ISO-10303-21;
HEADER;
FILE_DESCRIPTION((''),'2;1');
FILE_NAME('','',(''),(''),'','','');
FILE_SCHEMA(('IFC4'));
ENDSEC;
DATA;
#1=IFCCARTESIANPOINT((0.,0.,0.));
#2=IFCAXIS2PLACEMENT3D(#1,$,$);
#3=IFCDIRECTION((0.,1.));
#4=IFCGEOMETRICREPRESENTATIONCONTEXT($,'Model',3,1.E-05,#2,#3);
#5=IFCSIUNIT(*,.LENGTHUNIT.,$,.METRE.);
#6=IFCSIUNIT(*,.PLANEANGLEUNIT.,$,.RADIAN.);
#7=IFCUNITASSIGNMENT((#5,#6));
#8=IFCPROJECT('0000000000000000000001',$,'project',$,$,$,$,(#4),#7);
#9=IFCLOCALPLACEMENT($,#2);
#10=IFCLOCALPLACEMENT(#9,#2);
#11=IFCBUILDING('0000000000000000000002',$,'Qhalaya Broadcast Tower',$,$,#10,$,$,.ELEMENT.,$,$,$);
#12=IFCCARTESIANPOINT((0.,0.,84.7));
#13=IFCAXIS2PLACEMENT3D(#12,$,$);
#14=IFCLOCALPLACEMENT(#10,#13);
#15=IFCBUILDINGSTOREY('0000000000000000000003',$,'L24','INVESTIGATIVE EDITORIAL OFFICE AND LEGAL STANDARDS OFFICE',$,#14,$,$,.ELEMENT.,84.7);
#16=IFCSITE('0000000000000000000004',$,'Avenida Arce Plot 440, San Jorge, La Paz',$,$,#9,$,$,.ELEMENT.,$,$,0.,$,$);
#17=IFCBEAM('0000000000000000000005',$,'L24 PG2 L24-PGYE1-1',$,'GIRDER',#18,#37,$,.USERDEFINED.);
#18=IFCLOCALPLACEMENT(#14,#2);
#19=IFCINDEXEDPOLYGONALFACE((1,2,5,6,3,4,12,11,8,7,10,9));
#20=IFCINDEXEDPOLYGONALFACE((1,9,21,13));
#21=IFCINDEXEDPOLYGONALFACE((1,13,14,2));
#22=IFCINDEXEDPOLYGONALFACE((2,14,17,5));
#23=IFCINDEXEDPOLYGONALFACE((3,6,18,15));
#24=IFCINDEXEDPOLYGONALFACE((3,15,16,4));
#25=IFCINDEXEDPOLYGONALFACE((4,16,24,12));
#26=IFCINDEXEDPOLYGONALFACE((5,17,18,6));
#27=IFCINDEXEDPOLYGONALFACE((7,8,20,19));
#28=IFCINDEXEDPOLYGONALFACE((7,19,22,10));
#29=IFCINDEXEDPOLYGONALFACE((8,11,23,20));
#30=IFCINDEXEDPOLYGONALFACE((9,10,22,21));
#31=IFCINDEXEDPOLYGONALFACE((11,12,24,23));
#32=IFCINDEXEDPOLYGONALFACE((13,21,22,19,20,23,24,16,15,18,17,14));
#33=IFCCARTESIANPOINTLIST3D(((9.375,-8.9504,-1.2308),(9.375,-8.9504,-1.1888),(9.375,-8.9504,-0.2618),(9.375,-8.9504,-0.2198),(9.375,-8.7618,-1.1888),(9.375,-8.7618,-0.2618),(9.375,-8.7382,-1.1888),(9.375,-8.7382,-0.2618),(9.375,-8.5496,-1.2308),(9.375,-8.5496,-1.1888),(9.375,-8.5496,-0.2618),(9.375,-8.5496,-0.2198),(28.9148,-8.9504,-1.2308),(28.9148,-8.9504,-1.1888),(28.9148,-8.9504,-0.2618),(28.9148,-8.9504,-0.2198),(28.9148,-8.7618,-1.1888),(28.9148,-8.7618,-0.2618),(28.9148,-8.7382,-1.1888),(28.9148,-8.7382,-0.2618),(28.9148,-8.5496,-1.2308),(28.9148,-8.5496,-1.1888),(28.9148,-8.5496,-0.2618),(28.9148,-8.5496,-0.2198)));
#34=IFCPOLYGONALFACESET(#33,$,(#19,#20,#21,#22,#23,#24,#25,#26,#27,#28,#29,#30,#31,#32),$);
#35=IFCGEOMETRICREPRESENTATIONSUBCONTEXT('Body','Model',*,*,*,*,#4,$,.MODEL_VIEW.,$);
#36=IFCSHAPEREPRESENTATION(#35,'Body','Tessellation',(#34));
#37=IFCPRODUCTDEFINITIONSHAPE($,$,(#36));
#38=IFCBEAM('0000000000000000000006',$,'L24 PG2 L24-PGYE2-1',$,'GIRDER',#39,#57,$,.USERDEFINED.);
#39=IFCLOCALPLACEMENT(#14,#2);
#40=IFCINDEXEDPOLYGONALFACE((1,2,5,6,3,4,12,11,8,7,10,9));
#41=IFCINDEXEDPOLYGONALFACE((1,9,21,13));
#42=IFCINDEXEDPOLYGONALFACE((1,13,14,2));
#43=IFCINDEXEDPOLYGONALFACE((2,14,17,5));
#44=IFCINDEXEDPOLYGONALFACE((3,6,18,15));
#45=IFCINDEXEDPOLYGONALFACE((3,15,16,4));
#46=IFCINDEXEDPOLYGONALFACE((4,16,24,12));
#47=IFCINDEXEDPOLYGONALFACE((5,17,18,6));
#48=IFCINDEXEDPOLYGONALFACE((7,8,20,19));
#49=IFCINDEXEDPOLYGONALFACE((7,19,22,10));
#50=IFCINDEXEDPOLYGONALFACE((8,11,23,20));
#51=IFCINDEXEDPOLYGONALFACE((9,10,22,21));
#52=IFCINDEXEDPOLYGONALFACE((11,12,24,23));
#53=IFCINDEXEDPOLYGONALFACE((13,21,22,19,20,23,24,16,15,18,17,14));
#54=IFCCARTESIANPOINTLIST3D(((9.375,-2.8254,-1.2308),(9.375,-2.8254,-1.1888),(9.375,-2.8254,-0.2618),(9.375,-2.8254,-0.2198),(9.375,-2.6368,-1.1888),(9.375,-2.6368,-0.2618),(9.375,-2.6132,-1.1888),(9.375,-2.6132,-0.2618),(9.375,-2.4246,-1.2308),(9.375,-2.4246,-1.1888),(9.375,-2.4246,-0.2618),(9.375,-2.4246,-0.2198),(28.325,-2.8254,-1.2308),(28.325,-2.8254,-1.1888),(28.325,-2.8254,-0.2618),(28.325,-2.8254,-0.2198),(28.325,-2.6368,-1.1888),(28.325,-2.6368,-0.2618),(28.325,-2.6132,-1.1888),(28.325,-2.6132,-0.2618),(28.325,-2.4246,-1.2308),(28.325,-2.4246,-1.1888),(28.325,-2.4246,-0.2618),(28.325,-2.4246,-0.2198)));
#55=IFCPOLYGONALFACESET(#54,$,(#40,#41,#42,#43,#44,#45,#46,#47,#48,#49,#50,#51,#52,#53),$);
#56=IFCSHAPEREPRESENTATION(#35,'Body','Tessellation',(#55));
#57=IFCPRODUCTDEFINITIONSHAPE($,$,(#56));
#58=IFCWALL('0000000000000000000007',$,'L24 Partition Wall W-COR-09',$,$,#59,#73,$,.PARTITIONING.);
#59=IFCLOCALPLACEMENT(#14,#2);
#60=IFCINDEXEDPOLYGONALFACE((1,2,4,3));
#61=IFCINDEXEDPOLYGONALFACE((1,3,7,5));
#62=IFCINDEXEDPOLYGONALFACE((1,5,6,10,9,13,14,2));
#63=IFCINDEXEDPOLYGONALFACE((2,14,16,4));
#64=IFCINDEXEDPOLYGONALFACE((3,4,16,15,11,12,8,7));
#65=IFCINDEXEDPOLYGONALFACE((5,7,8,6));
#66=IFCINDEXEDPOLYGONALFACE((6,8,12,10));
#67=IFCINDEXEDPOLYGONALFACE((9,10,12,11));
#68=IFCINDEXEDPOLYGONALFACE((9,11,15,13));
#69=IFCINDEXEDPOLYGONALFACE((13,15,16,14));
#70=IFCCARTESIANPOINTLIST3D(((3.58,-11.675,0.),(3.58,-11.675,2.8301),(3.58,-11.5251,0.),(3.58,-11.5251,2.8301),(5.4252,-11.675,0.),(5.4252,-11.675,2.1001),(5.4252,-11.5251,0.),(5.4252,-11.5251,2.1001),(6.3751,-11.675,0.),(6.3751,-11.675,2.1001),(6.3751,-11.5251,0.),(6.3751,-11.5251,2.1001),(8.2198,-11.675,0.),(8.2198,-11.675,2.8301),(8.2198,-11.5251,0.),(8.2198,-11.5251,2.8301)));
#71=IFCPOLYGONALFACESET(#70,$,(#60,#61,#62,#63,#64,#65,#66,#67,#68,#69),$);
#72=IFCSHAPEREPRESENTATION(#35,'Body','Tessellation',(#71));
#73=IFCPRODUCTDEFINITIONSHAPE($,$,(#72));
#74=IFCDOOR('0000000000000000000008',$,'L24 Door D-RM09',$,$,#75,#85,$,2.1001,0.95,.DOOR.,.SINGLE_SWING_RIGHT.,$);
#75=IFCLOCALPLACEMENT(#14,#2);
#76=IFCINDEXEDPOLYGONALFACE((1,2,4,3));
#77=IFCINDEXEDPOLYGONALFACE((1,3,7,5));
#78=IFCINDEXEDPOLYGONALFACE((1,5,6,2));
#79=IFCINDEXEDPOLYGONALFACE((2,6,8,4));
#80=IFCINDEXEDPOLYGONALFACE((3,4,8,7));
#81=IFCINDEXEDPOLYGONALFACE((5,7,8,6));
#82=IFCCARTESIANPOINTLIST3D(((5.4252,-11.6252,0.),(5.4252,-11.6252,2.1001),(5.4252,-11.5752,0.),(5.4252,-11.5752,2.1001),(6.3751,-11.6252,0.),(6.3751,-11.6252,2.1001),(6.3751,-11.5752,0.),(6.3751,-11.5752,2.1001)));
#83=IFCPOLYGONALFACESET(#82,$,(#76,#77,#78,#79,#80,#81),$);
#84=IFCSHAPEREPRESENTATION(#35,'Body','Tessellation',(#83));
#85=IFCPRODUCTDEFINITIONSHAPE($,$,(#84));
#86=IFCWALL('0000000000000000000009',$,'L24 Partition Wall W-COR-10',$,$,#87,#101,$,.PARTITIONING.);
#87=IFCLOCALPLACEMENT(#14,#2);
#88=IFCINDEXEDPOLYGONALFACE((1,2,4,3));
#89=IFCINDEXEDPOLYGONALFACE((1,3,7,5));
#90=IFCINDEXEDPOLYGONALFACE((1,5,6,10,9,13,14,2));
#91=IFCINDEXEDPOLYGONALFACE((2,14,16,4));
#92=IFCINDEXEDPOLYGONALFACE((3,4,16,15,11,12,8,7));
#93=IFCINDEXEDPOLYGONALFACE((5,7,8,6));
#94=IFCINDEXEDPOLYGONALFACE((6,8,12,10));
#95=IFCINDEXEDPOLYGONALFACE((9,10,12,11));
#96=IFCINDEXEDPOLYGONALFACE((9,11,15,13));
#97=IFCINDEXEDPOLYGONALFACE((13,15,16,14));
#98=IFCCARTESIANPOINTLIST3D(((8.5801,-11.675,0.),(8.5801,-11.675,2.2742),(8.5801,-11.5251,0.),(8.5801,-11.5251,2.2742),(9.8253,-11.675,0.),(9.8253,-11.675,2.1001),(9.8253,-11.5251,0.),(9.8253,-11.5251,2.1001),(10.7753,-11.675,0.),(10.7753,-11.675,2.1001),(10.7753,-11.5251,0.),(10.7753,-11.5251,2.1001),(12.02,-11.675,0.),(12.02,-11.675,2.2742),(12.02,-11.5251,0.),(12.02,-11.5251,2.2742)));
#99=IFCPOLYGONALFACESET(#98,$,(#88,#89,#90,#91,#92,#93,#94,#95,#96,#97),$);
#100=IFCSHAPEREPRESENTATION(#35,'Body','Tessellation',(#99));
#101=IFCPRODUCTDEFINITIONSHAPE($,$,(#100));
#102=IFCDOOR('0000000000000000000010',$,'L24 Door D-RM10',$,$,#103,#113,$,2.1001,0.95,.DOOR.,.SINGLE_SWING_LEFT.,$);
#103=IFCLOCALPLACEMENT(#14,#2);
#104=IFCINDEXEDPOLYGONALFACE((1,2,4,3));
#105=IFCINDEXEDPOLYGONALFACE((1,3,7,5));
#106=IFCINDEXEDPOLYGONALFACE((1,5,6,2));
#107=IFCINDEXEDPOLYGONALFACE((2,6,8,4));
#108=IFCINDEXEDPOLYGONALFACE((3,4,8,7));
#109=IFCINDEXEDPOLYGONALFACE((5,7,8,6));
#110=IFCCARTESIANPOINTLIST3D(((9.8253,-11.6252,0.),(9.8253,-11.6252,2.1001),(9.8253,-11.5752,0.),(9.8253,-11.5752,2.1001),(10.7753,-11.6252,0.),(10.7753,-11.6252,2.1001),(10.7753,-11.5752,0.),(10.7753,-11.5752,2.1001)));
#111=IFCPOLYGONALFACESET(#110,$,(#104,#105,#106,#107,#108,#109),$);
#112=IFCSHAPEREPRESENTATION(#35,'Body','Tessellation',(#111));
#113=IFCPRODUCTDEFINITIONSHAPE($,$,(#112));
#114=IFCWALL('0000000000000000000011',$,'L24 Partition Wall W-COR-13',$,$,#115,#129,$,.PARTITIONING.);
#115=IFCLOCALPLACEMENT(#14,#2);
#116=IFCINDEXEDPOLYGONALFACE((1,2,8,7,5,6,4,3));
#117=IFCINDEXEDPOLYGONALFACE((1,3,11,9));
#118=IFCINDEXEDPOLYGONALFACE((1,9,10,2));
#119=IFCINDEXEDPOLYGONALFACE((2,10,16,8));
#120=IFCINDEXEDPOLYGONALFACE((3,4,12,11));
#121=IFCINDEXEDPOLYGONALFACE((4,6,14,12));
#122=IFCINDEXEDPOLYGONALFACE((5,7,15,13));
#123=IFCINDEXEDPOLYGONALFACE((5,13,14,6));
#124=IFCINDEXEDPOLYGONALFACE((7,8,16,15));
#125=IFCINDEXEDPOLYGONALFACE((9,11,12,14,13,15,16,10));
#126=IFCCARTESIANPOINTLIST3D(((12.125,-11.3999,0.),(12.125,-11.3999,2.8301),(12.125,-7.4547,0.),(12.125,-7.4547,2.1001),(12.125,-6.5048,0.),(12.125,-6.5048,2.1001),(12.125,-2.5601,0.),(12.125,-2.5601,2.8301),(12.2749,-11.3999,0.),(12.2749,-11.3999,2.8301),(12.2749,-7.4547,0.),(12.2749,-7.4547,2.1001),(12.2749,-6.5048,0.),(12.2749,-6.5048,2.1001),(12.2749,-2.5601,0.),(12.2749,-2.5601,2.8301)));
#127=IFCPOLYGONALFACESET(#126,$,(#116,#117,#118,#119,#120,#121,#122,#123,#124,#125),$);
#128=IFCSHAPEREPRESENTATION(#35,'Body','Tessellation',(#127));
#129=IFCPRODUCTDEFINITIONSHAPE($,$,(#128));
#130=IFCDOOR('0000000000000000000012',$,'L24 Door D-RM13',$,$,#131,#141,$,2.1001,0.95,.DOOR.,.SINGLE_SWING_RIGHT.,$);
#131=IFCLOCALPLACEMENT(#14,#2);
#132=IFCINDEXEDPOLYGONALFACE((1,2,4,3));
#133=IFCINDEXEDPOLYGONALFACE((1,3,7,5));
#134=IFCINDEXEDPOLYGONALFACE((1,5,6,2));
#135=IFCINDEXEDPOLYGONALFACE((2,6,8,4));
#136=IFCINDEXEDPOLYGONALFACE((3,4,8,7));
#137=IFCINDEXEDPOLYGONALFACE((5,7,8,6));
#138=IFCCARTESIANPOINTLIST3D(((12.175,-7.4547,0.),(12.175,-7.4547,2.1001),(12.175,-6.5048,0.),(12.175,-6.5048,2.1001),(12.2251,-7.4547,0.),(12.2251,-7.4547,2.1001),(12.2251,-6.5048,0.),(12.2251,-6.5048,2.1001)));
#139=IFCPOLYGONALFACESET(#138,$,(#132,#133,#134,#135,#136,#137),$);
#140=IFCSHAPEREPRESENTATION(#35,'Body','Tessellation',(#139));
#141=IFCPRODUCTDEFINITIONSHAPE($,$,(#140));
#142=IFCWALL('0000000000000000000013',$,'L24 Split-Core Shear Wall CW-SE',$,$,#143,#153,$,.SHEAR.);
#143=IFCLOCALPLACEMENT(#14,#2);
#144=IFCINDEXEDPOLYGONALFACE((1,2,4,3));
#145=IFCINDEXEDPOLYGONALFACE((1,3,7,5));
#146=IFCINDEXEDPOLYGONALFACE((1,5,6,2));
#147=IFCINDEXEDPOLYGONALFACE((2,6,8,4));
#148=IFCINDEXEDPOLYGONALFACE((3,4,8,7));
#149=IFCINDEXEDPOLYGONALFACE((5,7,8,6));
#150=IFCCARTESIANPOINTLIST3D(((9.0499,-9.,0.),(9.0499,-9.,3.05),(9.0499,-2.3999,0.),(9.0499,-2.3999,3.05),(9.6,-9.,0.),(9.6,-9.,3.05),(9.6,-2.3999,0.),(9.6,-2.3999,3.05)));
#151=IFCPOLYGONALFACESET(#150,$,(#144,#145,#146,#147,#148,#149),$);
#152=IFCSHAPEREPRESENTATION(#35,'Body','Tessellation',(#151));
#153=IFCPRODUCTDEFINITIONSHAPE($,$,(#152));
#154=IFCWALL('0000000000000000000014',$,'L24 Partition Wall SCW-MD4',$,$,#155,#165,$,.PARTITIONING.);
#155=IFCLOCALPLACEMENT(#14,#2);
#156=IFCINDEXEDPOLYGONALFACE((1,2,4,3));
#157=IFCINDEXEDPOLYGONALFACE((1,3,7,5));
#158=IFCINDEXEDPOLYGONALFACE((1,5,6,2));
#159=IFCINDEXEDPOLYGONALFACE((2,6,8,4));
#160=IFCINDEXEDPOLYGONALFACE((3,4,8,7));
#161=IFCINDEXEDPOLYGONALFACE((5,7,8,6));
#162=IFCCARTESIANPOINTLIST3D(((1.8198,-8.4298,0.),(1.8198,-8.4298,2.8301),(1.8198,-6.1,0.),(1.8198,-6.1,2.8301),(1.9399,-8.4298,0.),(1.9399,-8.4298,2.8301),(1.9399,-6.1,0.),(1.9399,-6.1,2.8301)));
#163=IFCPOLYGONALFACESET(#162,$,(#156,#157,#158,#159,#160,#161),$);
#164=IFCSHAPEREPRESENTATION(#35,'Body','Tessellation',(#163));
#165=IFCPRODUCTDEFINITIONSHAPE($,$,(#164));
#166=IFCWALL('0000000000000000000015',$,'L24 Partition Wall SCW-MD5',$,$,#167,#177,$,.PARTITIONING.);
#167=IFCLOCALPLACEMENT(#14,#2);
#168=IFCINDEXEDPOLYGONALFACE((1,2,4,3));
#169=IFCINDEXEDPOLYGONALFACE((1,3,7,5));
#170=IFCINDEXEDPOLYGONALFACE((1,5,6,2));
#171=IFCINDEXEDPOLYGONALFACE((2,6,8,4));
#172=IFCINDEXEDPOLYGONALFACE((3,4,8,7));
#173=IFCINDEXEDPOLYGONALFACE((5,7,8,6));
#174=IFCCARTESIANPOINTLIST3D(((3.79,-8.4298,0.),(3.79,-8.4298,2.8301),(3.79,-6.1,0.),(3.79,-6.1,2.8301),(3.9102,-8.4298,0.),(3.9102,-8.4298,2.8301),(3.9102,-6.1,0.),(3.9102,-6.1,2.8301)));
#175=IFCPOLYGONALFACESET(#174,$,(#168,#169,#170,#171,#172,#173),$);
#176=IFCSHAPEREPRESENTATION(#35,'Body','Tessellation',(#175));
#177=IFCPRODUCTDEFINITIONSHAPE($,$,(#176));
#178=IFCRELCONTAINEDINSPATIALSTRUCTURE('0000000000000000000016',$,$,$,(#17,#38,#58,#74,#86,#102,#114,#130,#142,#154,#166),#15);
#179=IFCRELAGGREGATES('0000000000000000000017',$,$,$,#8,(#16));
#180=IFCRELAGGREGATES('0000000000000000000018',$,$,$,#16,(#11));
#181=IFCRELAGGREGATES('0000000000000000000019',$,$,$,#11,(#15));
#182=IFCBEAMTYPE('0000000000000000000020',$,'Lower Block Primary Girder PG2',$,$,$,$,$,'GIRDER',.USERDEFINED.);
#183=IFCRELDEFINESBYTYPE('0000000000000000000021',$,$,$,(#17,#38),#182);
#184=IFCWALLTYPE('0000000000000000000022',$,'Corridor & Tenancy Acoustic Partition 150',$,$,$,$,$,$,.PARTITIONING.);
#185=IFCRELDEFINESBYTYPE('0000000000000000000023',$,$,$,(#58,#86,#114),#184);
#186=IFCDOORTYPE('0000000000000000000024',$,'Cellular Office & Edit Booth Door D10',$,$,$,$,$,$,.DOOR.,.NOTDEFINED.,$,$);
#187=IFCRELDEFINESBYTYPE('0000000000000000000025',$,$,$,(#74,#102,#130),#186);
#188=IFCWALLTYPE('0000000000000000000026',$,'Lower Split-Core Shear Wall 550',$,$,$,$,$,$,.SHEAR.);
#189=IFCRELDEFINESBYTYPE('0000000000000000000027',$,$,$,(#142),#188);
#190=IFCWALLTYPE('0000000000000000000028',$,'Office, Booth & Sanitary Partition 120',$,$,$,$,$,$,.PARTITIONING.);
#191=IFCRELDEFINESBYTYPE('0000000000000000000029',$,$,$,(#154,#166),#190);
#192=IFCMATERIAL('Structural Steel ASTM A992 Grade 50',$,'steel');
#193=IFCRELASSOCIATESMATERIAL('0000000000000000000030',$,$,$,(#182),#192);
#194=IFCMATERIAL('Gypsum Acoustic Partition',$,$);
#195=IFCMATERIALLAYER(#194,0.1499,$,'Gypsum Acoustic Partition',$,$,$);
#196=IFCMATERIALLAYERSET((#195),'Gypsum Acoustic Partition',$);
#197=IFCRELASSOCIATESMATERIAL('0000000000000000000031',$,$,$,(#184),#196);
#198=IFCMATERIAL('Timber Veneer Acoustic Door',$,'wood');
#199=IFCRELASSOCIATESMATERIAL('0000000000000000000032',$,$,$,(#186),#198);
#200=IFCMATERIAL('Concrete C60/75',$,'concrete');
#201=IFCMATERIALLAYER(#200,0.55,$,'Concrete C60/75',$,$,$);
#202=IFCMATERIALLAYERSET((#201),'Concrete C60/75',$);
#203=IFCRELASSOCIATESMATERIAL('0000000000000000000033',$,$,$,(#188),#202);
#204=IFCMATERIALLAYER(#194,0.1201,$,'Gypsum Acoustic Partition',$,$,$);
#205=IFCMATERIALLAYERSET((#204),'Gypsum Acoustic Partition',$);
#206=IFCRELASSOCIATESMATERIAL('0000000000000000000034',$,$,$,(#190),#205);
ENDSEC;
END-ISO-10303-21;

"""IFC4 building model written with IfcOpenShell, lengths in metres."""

from ifc_helpers import new_model, si_unit, direction, frame, frame_2d, origin, origin_2d, place, context, subcontext, project, spatial, rectangle, i_section, extrude, material, layer, layer_set, material_profile, profile_set, type_object, element, fill, save


model = new_model("IFC4")

# Units and contexts
model_context = context("Model", 3, precision=1e-05, world=origin(), true_north=direction((0.0, 1.0)))
body_context = subcontext(model_context, "Body", "Model", "MODEL_VIEW")
ifc_project = project(units=[si_unit("LENGTHUNIT", "METRE"), si_unit("PLANEANGLEUNIT", "RADIAN")], contexts=[model_context])

# Site, building, storey
site_placement = place(None, origin())
site = spatial("IfcSite", under=ifc_project, at=site_placement, Name="Avenida Arce Plot 440, San Jorge, La Paz", CompositionType="ELEMENT", RefElevation=0.0)
building_placement = place(site_placement, origin())
building = spatial("IfcBuilding", under=site, at=building_placement, Name="Qhalaya Broadcast Tower", CompositionType="ELEMENT")
storey_placement = place(building_placement, frame((0.0, 0.0, 84.7)))
storey = spatial("IfcBuildingStorey", under=building, at=storey_placement, Name="L24", Description="INVESTIGATIVE EDITORIAL OFFICE AND LEGAL STANDARDS OFFICE", CompositionType="ELEMENT", Elevation=84.7)

# Beams
ifc_material_1 = material(Name="Structural Steel ASTM A992 Grade 50", Category="steel")
ifc_material_profile_1 = material_profile(ifc_material_1, i_section(OverallWidth=0.4009, OverallDepth=1.011, WebThickness=0.0237, FlangeThickness=0.042, at=origin_2d()), Name="W40X297")
ifc_profile_set_1 = profile_set([ifc_material_profile_1], Name="Structural Steel ASTM A992 Grade 50")
beam_type_1 = type_object("IfcBeamType", Name="Lower Block Primary Girder PG2", ElementType="GIRDER", PredefinedType="USERDEFINED", material=ifc_profile_set_1)
beam_1_placement = place(storey_placement, frame((9.375, -8.75, -0.7253), z_axis=(1.0, 0.0, 0.0), x_axis=(0.0, 1.0, 0.0)))
element("IfcBeam", 1, at=beam_1_placement, inside=storey, type_object=beam_type_1, Name="L24 PG2 L24-PGYE1-1", ObjectType="GIRDER", PredefinedType="USERDEFINED", context=body_context, shape_type="SweptSolid", body=[
    extrude(i_section(OverallWidth=0.4009, OverallDepth=1.011, WebThickness=0.0237, FlangeThickness=0.042, at=origin_2d()), origin(), (0.0, 0.0, 1.0), 19.5398),
])
beam_2_placement = place(storey_placement, frame((9.375, -2.625, -0.7253), z_axis=(1.0, 0.0, 0.0), x_axis=(0.0, 1.0, 0.0)))
element("IfcBeam", 2, at=beam_2_placement, inside=storey, type_object=beam_type_1, Name="L24 PG2 L24-PGYE2-1", ObjectType="GIRDER", PredefinedType="USERDEFINED", context=body_context, shape_type="SweptSolid", body=[
    extrude(i_section(OverallWidth=0.4009, OverallDepth=1.011, WebThickness=0.0237, FlangeThickness=0.042, at=origin_2d()), origin(), (0.0, 0.0, 1.0), 18.95),
])

# Walls, openings, doors
ifc_material_2 = material(Name="Gypsum Acoustic Partition")
ifc_layer_1 = layer(ifc_material_2, 0.1499, Name="Gypsum Acoustic Partition")
ifc_layer_set_1 = layer_set([ifc_layer_1], Name="Gypsum Acoustic Partition")
wall_type_1 = type_object("IfcWallType", Name="Corridor & Tenancy Acoustic Partition 150", PredefinedType="PARTITIONING", material=ifc_layer_set_1)
wall_1_placement = place(storey_placement, frame((3.5801, -11.6001, 0.0), z_axis=(0.0, 0.0, 1.0), x_axis=(1.0, 0.0, 0.0)))
wall_1 = element("IfcWall", 3, at=wall_1_placement, inside=storey, type_object=wall_type_1, Name="L24 Partition Wall W-COR-09", PredefinedType="PARTITIONING", context=body_context, shape_type="SweptSolid", body=[
    extrude(rectangle(XDim=4.6399, YDim=0.1499, at=frame_2d((2.3198, 0.0))), origin(), (0.0, 0.0, 1.0), 2.8301),
])
opening_1_placement = place(wall_1_placement, frame((1.845, 0.0, 0.0)))
opening_1 = element("IfcOpeningElement", 4, at=opening_1_placement, cuts=wall_1, PredefinedType="OPENING", context=body_context, shape_type="SweptSolid", body=[
    extrude(rectangle(XDim=0.95, YDim=2.1001, at=frame_2d((0.4751, 1.05))), frame((0.0, 0.0869, 0.0), z_axis=(0.0, -1.0, 0.0), x_axis=(1.0, 0.0, 0.0)), (0.0, 0.0, 1.0), 0.1738),
])
ifc_material_3 = material(Name="Timber Veneer Acoustic Door", Category="wood")
door_type_1 = type_object("IfcDoorType", Name="Cellular Office & Edit Booth Door D10", OperationType="NOTDEFINED", PredefinedType="DOOR", material=ifc_material_3)
door_1_placement = place(opening_1_placement, origin())
door_1 = element("IfcDoor", 5, at=door_1_placement, inside=storey, type_object=door_type_1, Name="L24 Door D-RM09", OperationType="SINGLE_SWING_RIGHT", OverallHeight=2.1001, OverallWidth=0.95, PredefinedType="DOOR", context=body_context, shape_type="SweptSolid", body=[
    extrude(rectangle(XDim=0.95, YDim=2.1001, at=frame_2d((0.4751, 1.05))), frame((0.0, 0.0249, 0.0), z_axis=(0.0, -1.0, 0.0), x_axis=(1.0, 0.0, 0.0)), (0.0, 0.0, 1.0), 0.05),
])
fill(opening_1, door_1)
wall_2_placement = place(storey_placement, frame((8.5801, -11.6001, 0.0), z_axis=(0.0, 0.0, 1.0), x_axis=(1.0, 0.0, 0.0)))
wall_2 = element("IfcWall", 6, at=wall_2_placement, inside=storey, type_object=wall_type_1, Name="L24 Partition Wall W-COR-10", PredefinedType="PARTITIONING", context=body_context, shape_type="SweptSolid", body=[
    extrude(rectangle(XDim=3.4399, YDim=0.1499, at=frame_2d((1.72, 0.0))), origin(), (0.0, 0.0, 1.0), 2.2742),
])
opening_2_placement = place(wall_2_placement, frame((1.2451, 0.0, 0.0)))
opening_2 = element("IfcOpeningElement", 7, at=opening_2_placement, cuts=wall_2, PredefinedType="OPENING", context=body_context, shape_type="SweptSolid", body=[
    extrude(rectangle(XDim=0.95, YDim=2.1001, at=frame_2d((0.4751, 1.05))), frame((0.0, 0.0869, 0.0), z_axis=(0.0, -1.0, 0.0), x_axis=(1.0, 0.0, 0.0)), (0.0, 0.0, 1.0), 0.1738),
])
door_2_placement = place(opening_2_placement, origin())
door_2 = element("IfcDoor", 8, at=door_2_placement, inside=storey, type_object=door_type_1, Name="L24 Door D-RM10", OperationType="SINGLE_SWING_LEFT", OverallHeight=2.1001, OverallWidth=0.95, PredefinedType="DOOR", context=body_context, shape_type="SweptSolid", body=[
    extrude(rectangle(XDim=0.95, YDim=2.1001, at=frame_2d((0.4751, 1.05))), frame((0.0, 0.0249, 0.0), z_axis=(0.0, -1.0, 0.0), x_axis=(1.0, 0.0, 0.0)), (0.0, 0.0, 1.0), 0.05),
])
fill(opening_2, door_2)
wall_3_placement = place(storey_placement, frame((12.2, -11.3999, 0.0), z_axis=(0.0, 0.0, 1.0), x_axis=(0.0, 1.0, 0.0)))
wall_3 = element("IfcWall", 9, at=wall_3_placement, inside=storey, type_object=wall_type_1, Name="L24 Partition Wall W-COR-13", PredefinedType="PARTITIONING", context=body_context, shape_type="SweptSolid", body=[
    extrude(rectangle(XDim=8.8398, YDim=0.1499, at=frame_2d((4.4199, 0.0))), origin(), (0.0, 0.0, 1.0), 2.8301),
])
opening_3_placement = place(wall_3_placement, frame((3.9451, 0.0, 0.0)))
opening_3 = element("IfcOpeningElement", 10, at=opening_3_placement, cuts=wall_3, PredefinedType="OPENING", context=body_context, shape_type="SweptSolid", body=[
    extrude(rectangle(XDim=0.95, YDim=2.1001, at=frame_2d((0.4751, 1.05))), frame((0.0, 0.0869, 0.0), z_axis=(0.0, -1.0, 0.0), x_axis=(1.0, 0.0, 0.0)), (0.0, 0.0, 1.0), 0.1738),
])
door_3_placement = place(opening_3_placement, origin())
door_3 = element("IfcDoor", 11, at=door_3_placement, inside=storey, type_object=door_type_1, Name="L24 Door D-RM13", OperationType="SINGLE_SWING_RIGHT", OverallHeight=2.1001, OverallWidth=0.95, PredefinedType="DOOR", context=body_context, shape_type="SweptSolid", body=[
    extrude(rectangle(XDim=0.95, YDim=2.1001, at=frame_2d((0.4751, 1.05))), frame((0.0, 0.0249, 0.0), z_axis=(0.0, -1.0, 0.0), x_axis=(1.0, 0.0, 0.0)), (0.0, 0.0, 1.0), 0.05),
])
fill(opening_3, door_3)

# Walls
ifc_material_4 = material(Name="Concrete C60/75", Category="concrete")
ifc_layer_2 = layer(ifc_material_4, 0.55, Name="Concrete C60/75")
ifc_layer_set_2 = layer_set([ifc_layer_2], Name="Concrete C60/75")
wall_type_2 = type_object("IfcWallType", Name="Lower Split-Core Shear Wall 550", PredefinedType="SHEAR", material=ifc_layer_set_2)
wall_4_placement = place(storey_placement, frame((9.325, -9.0, 0.0), z_axis=(0.0, 0.0, 1.0), x_axis=(0.0, 1.0, 0.0)))
element("IfcWall", 12, at=wall_4_placement, inside=storey, type_object=wall_type_2, Name="L24 Split-Core Shear Wall CW-SE", PredefinedType="SHEAR", context=body_context, shape_type="SweptSolid", body=[
    extrude(rectangle(XDim=6.6001, YDim=0.55, at=frame_2d((3.3, 0.0))), origin(), (0.0, 0.0, 1.0), 3.05),
])
ifc_layer_3 = layer(ifc_material_2, 0.1201, Name="Gypsum Acoustic Partition")
ifc_layer_set_3 = layer_set([ifc_layer_3], Name="Gypsum Acoustic Partition")
wall_type_3 = type_object("IfcWallType", Name="Office, Booth & Sanitary Partition 120", PredefinedType="PARTITIONING", material=ifc_layer_set_3)
for number, where, z_axis, x_axis, name in (
    (13, (1.8799, -8.4299, 0.0), (0.0, 0.0, 1.0), (0.0, 1.0, 0.0), "L24 Partition Wall SCW-MD4"),
    (14, (3.8501, -8.4299, 0.0), (0.0, 0.0, 1.0), (0.0, 1.0, 0.0), "L24 Partition Wall SCW-MD5"),
):
    element("IfcWall", number, at=place(storey_placement, frame(where, z_axis=z_axis, x_axis=x_axis)), inside=storey, type_object=wall_type_3, Name=name, PredefinedType="PARTITIONING", context=body_context, shape_type="SweptSolid", body=[
        extrude(rectangle(XDim=2.3298, YDim=0.1201, at=frame_2d((1.165, 0.0))), origin(), (0.0, 0.0, 1.0), 2.8301),
    ])

save(model, "model.ifc")
